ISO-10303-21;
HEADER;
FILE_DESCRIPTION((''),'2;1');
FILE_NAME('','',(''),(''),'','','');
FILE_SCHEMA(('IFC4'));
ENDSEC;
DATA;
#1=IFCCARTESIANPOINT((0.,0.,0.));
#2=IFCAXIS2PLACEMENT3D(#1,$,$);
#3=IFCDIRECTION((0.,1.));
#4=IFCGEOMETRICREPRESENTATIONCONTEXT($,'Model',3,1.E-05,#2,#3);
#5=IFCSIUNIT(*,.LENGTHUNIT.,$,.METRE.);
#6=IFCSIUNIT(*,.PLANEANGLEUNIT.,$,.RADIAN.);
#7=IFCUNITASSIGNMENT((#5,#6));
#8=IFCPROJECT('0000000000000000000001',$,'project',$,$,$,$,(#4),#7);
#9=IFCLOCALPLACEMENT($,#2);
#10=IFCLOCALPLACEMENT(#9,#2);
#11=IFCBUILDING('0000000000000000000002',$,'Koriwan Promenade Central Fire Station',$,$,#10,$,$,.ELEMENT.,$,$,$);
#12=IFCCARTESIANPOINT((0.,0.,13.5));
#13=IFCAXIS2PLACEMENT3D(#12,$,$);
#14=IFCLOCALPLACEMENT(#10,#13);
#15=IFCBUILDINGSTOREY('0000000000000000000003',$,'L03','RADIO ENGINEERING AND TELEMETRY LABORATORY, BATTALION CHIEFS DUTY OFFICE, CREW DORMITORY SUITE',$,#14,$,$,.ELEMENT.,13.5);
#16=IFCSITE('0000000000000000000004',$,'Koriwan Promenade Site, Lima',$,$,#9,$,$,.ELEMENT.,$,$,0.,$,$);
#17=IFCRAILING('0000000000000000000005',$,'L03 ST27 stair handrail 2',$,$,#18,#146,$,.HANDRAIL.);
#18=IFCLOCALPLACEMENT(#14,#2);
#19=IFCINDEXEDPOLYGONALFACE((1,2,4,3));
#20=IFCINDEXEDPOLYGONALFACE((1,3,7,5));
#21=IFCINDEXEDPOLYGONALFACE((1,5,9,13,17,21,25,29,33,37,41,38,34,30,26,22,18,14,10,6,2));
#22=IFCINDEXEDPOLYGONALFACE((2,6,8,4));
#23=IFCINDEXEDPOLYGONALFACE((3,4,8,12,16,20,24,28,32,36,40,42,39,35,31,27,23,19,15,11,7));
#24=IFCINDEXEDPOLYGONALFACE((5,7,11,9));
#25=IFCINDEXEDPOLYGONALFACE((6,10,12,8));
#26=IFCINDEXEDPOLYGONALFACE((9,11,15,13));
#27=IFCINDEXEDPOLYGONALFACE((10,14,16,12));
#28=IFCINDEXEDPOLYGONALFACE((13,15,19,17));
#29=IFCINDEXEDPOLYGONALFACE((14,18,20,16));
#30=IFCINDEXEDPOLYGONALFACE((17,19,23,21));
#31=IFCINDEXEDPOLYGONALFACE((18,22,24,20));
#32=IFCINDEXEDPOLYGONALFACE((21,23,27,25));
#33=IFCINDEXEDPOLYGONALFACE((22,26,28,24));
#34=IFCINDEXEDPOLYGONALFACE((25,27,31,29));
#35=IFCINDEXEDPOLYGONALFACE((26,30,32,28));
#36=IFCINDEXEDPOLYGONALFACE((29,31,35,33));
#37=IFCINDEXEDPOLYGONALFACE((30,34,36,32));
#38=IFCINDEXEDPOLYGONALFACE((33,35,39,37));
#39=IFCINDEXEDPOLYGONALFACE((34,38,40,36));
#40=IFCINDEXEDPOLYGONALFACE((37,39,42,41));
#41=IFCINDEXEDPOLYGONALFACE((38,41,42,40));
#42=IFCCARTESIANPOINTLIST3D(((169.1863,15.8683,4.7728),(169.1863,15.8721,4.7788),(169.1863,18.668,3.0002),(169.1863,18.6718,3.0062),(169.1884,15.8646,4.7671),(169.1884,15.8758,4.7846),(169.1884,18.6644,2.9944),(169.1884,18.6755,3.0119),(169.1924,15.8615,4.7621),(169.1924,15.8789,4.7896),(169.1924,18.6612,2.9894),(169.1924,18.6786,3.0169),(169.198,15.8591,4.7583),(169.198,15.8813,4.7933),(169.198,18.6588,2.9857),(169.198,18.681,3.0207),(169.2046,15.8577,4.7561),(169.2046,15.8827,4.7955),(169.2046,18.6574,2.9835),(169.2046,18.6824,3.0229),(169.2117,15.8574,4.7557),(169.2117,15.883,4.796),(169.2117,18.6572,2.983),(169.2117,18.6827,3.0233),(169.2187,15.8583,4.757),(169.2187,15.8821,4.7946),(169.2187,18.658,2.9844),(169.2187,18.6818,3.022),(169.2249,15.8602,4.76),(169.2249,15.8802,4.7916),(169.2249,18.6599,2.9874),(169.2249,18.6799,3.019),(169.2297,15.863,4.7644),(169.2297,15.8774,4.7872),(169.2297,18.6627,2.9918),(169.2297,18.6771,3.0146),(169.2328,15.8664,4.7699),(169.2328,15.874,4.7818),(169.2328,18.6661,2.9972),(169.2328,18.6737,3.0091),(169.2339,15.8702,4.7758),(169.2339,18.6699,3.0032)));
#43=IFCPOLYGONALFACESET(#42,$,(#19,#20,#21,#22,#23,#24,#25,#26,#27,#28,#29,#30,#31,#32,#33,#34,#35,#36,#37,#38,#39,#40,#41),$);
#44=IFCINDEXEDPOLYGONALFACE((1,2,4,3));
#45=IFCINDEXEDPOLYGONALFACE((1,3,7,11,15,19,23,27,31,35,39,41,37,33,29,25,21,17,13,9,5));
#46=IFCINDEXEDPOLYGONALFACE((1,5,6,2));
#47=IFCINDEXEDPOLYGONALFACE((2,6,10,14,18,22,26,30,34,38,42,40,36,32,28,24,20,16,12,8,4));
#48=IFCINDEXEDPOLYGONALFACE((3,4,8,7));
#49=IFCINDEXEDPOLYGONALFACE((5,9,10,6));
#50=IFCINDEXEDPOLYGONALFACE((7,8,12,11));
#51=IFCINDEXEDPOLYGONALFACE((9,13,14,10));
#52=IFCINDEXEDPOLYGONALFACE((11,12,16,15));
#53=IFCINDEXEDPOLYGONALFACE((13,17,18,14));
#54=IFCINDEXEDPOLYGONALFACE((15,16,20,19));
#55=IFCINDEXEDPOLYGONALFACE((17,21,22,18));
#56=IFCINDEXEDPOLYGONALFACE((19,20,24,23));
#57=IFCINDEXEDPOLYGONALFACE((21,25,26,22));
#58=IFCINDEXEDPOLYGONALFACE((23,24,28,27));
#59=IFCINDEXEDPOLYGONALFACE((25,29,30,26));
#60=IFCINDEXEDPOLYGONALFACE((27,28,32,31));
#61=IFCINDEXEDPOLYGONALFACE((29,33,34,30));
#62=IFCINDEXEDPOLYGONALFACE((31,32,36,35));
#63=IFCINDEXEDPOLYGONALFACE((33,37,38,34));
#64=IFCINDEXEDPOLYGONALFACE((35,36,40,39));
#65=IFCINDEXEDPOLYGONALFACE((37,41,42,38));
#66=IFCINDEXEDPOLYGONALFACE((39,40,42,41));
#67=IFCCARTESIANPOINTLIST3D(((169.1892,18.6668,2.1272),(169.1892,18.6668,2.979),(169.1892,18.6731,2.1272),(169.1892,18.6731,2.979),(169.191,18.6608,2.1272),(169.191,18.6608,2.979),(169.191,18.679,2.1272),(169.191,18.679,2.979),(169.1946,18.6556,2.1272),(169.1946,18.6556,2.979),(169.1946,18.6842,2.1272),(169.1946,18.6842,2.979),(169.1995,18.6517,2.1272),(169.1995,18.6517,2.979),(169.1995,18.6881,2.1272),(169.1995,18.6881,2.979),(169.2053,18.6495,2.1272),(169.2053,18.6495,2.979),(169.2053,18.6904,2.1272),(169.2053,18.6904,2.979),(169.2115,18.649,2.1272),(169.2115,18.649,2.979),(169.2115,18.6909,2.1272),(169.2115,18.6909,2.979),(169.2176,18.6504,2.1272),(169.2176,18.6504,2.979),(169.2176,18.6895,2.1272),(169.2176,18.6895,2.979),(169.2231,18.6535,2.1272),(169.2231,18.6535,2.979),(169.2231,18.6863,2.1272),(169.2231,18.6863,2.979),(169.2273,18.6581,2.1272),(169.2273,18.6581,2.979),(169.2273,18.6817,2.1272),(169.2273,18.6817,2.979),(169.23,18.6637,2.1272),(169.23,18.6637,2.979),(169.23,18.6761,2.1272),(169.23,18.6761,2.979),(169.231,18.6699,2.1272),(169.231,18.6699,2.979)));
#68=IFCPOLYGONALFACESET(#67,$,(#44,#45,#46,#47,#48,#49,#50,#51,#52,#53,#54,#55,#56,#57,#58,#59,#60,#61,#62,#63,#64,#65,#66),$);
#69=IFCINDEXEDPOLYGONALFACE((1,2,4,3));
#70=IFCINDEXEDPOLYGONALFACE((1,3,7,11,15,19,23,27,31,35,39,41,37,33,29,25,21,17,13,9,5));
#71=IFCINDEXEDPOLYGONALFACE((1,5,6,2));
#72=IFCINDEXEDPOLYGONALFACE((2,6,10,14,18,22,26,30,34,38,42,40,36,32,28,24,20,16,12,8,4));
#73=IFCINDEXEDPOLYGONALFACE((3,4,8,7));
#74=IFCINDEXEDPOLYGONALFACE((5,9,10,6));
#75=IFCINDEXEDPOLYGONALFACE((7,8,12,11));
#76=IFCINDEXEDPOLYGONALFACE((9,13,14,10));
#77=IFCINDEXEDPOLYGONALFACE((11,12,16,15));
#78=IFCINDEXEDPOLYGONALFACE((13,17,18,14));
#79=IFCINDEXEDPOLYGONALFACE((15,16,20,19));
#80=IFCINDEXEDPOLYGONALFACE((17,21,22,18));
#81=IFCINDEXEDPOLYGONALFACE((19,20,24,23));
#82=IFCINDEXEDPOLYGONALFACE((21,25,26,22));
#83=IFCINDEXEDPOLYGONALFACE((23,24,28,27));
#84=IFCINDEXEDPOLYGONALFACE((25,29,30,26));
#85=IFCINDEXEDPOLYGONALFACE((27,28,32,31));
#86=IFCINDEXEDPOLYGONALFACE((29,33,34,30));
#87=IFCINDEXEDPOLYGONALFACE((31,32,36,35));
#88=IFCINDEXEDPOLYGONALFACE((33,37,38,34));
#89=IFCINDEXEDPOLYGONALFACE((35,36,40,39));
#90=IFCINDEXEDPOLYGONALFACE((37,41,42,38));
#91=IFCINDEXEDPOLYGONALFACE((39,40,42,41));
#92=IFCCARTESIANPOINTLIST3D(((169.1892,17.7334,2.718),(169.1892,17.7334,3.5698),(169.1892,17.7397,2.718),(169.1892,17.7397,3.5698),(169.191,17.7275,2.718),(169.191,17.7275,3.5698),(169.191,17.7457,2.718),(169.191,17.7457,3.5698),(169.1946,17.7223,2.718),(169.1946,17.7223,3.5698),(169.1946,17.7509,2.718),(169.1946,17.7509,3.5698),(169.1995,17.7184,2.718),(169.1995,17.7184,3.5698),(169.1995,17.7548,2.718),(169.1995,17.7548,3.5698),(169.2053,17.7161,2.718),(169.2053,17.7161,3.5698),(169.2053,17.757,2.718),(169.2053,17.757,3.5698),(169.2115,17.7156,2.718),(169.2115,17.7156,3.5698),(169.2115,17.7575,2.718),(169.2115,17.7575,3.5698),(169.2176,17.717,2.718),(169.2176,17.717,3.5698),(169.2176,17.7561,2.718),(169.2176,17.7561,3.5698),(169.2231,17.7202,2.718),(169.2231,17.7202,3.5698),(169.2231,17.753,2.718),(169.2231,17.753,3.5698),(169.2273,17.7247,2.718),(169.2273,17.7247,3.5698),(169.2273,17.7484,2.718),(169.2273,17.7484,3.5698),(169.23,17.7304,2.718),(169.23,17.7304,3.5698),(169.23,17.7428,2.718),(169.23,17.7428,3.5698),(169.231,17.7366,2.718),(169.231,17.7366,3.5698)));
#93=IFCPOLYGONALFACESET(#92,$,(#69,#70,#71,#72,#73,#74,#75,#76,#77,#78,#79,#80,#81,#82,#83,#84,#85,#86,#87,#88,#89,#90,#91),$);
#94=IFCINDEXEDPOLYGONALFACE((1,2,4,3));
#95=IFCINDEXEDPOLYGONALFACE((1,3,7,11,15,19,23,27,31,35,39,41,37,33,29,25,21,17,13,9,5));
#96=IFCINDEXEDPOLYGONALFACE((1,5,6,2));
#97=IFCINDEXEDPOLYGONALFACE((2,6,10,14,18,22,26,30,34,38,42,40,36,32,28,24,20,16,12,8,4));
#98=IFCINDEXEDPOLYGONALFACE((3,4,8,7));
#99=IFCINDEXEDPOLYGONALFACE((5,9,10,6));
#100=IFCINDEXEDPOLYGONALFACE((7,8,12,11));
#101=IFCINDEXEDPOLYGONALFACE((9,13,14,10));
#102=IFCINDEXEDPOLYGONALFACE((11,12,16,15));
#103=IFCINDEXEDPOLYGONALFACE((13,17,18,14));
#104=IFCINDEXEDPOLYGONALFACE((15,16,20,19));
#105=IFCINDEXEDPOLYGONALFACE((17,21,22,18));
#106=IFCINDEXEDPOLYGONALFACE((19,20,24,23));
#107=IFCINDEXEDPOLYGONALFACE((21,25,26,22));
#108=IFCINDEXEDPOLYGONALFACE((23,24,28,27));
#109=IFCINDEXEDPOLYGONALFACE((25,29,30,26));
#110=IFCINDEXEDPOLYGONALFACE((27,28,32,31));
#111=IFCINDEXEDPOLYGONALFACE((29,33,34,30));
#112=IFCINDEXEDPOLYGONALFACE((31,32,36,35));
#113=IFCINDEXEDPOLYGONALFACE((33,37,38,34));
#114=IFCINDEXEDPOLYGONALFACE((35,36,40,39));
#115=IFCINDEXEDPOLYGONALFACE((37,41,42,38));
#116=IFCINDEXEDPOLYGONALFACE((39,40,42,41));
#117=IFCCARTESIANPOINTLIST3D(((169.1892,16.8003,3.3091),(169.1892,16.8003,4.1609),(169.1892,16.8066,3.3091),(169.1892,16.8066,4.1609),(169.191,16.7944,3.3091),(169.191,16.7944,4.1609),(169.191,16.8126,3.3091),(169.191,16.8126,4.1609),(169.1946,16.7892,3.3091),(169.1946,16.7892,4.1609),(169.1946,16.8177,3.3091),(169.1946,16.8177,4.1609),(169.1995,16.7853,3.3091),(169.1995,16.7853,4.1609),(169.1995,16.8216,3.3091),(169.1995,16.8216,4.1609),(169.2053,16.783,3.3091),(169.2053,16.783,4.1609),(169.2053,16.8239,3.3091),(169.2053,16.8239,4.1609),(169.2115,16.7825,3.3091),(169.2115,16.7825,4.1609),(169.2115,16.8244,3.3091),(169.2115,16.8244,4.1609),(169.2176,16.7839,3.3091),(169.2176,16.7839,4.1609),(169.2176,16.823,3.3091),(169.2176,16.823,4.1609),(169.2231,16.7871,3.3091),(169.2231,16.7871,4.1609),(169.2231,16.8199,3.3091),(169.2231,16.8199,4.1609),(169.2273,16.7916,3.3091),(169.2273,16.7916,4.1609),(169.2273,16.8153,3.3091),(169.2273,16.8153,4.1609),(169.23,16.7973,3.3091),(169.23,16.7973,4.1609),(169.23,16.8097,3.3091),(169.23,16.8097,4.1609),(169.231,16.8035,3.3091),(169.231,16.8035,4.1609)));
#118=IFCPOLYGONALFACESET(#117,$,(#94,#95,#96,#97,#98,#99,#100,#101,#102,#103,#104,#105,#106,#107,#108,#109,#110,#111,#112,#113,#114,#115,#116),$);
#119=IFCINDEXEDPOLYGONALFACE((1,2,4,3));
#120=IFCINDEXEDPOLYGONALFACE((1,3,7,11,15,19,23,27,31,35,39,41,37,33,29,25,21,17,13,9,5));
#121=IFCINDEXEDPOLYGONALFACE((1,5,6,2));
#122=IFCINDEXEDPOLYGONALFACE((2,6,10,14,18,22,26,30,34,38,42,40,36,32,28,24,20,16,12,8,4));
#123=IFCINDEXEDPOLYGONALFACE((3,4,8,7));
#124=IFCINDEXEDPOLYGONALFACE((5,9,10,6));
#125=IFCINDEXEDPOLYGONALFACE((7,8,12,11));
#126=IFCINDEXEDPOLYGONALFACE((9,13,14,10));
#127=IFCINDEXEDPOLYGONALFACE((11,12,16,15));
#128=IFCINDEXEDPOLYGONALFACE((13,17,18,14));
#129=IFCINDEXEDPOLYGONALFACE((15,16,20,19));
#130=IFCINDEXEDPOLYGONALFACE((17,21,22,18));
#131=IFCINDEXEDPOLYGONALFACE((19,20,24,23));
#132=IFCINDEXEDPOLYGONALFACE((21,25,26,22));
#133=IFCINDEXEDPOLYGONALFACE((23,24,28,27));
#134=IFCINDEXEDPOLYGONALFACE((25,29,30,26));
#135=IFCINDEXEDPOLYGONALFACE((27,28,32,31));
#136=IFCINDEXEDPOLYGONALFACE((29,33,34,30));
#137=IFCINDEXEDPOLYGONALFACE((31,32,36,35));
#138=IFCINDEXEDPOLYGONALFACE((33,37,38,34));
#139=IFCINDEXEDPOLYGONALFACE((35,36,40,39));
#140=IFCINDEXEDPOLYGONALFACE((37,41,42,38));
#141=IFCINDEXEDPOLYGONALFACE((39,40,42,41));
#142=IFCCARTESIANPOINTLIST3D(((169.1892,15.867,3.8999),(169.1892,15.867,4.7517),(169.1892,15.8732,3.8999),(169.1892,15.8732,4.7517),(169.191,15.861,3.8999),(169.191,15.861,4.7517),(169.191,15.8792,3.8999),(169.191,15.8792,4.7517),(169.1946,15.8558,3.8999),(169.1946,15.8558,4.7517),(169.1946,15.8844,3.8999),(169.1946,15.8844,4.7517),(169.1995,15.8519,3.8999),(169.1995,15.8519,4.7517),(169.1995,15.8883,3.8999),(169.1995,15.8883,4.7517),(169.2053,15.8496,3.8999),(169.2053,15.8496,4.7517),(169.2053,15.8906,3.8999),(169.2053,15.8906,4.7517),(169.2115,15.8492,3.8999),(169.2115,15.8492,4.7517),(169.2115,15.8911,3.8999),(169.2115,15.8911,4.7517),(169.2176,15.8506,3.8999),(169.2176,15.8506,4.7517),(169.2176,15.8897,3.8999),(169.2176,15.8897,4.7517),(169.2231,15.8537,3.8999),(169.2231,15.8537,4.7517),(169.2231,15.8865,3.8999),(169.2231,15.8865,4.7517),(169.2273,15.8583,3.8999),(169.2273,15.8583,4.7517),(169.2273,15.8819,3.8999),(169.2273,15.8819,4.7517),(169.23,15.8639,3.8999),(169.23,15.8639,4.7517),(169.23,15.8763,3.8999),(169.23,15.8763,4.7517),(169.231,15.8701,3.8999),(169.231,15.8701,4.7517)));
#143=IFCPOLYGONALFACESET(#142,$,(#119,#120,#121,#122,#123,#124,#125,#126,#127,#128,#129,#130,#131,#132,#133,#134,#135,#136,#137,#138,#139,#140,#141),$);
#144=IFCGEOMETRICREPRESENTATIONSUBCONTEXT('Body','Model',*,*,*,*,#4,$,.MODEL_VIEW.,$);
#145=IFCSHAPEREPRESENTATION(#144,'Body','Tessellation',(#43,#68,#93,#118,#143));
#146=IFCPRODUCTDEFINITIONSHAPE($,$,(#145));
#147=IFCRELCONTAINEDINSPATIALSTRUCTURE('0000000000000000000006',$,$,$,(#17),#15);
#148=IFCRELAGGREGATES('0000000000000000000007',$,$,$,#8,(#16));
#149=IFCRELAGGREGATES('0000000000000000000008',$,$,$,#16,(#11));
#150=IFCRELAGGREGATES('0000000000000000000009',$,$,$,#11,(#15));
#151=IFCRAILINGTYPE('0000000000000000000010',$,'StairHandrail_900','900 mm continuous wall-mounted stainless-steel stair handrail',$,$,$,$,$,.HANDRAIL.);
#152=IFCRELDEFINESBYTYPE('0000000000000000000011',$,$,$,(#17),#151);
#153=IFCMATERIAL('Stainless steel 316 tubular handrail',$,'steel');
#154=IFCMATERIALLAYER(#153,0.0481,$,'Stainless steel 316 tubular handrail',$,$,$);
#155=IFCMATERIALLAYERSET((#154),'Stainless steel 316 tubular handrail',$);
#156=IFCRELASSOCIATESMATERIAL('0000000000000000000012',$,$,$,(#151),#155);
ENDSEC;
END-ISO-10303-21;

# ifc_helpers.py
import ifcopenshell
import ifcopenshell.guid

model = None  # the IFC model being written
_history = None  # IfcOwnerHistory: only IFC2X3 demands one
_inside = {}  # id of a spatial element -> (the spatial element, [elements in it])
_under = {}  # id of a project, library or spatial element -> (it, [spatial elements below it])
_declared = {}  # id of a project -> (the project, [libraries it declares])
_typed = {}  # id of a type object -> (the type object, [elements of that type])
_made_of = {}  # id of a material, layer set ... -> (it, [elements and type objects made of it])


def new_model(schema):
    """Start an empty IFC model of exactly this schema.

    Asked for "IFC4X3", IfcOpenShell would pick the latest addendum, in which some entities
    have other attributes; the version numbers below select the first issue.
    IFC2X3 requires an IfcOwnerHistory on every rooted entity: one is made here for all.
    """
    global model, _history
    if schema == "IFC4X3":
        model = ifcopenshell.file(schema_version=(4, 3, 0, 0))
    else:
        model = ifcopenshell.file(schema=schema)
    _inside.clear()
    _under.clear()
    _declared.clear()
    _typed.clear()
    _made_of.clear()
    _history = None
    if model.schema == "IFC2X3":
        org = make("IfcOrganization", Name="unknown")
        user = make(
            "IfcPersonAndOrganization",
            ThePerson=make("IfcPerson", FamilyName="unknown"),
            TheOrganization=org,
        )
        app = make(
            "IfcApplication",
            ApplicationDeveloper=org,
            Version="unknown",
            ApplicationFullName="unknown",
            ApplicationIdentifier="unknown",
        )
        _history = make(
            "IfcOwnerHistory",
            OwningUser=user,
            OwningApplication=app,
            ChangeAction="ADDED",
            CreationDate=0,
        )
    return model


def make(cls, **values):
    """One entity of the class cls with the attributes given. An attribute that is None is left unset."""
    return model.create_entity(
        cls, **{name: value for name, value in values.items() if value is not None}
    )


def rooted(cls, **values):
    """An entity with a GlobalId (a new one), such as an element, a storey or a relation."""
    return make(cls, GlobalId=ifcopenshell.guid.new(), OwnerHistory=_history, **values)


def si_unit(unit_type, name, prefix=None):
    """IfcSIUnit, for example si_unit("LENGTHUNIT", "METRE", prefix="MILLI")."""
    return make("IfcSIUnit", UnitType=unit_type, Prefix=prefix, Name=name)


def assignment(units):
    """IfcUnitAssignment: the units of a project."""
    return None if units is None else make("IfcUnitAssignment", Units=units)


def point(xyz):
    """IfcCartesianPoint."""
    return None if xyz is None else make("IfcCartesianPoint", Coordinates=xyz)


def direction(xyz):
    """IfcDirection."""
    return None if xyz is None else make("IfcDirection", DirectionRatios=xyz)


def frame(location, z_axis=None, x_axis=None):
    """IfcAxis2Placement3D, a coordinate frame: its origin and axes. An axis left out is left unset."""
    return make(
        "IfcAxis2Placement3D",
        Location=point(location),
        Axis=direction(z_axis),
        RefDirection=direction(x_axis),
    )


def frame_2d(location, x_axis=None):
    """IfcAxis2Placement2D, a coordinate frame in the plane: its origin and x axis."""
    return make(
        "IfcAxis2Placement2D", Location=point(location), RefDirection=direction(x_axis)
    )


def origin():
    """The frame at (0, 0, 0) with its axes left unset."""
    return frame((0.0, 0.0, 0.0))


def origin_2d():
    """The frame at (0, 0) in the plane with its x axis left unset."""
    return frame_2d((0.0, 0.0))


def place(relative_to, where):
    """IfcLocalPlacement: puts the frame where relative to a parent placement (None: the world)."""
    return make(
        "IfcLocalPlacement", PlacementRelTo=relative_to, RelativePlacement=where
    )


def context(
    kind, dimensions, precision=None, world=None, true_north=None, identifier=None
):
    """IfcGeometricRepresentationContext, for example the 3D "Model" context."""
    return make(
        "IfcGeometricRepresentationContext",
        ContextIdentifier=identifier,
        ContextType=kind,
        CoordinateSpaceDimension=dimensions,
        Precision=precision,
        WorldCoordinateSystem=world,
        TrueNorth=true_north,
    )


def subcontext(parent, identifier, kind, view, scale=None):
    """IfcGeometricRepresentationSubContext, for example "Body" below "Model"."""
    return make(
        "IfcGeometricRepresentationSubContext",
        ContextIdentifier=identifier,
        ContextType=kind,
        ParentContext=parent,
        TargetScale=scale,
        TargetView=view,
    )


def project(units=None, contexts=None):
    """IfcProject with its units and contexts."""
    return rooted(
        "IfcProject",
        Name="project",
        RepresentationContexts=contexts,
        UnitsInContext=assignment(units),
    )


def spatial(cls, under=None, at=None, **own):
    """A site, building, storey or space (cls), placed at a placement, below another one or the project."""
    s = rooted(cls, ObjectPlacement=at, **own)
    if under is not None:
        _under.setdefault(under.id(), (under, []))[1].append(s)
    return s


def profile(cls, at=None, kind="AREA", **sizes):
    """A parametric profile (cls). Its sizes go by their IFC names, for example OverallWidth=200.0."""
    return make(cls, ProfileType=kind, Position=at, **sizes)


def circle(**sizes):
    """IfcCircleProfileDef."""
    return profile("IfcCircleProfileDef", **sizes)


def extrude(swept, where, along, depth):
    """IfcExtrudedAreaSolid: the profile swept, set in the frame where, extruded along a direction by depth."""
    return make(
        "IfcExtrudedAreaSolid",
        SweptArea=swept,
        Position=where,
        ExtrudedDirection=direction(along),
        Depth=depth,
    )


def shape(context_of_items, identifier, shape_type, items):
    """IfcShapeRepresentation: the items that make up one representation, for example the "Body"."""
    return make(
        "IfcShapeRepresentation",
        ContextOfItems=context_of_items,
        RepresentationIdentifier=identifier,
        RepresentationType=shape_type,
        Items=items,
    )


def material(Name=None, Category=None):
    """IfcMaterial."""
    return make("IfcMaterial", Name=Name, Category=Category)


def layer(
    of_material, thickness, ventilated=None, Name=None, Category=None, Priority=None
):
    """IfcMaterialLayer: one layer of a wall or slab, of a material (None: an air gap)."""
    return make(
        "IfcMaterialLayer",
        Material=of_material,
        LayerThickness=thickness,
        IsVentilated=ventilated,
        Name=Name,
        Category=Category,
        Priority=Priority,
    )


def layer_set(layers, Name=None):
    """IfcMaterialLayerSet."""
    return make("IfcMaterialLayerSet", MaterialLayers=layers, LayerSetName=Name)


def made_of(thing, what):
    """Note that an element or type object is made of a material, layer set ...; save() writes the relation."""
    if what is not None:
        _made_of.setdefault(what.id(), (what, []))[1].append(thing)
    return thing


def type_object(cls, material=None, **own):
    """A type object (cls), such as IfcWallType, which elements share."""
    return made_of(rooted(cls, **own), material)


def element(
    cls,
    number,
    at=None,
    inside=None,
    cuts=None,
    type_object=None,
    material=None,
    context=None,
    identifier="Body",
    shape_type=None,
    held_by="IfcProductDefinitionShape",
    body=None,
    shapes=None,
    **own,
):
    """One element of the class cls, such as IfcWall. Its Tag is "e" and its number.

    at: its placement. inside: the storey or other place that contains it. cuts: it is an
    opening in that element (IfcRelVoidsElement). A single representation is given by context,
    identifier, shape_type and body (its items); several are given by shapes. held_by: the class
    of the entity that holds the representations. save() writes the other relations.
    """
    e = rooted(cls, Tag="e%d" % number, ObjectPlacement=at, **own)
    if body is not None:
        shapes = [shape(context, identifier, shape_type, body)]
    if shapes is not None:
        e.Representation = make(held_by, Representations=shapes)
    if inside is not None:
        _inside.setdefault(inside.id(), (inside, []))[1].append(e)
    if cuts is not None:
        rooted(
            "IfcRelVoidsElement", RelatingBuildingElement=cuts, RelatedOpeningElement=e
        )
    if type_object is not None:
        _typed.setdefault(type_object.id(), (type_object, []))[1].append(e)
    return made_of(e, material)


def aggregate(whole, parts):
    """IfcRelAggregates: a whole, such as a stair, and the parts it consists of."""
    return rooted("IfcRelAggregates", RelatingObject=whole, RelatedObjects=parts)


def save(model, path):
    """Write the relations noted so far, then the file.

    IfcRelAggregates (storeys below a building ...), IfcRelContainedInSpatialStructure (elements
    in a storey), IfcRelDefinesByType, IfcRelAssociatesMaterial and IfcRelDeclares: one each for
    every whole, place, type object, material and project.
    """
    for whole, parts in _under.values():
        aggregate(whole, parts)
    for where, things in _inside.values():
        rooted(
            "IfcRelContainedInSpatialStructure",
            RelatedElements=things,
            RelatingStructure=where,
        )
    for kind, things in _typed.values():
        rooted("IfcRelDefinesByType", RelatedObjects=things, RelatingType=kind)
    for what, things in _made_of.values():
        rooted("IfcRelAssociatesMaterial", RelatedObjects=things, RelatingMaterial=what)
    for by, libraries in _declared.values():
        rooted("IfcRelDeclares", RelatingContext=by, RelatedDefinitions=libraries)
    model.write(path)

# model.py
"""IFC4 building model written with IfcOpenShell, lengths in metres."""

from ifc_helpers import new_model, si_unit, direction, frame, origin, origin_2d, place, context, subcontext, project, spatial, circle, extrude, material, layer, layer_set, type_object, element, save


model = new_model("IFC4")

# Units and contexts
model_context = context("Model", 3, precision=1e-05, world=origin(), true_north=direction((0.0, 1.0)))
body_context = subcontext(model_context, "Body", "Model", "MODEL_VIEW")
ifc_project = project(units=[si_unit("LENGTHUNIT", "METRE"), si_unit("PLANEANGLEUNIT", "RADIAN")], contexts=[model_context])

# Site, building, storey
site_placement = place(None, origin())
site = spatial("IfcSite", under=ifc_project, at=site_placement, Name="Koriwan Promenade Site, Lima", CompositionType="ELEMENT", RefElevation=0.0)
building_placement = place(site_placement, origin())
building = spatial("IfcBuilding", under=site, at=building_placement, Name="Koriwan Promenade Central Fire Station", CompositionType="ELEMENT")
storey_placement = place(building_placement, frame((0.0, 0.0, 13.5)))
storey = spatial("IfcBuildingStorey", under=building, at=storey_placement, Name="L03", Description="RADIO ENGINEERING AND TELEMETRY LABORATORY, BATTALION CHIEFS DUTY OFFICE, CREW DORMITORY SUITE", CompositionType="ELEMENT", Elevation=13.5)

# Railing
ifc_material_1 = material(Name="Stainless steel 316 tubular handrail", Category="steel")
ifc_layer_1 = layer(ifc_material_1, 0.0481, Name="Stainless steel 316 tubular handrail")
ifc_layer_set_1 = layer_set([ifc_layer_1], Name="Stainless steel 316 tubular handrail")
railing_type_1 = type_object("IfcRailingType", Name="StairHandrail_900", Description="900 mm continuous wall-mounted stainless-steel stair handrail", PredefinedType="HANDRAIL", material=ifc_layer_set_1)
railing_1_placement = place(storey_placement, frame((169.21, 18.6699, 2.1272)))
element("IfcRailing", 1, at=railing_1_placement, inside=storey, type_object=railing_type_1, Name="L03 ST27 stair handrail 2", PredefinedType="HANDRAIL", context=body_context, shape_type="SweptSolid", body=[
    extrude(circle(Radius=0.0239, at=origin_2d()), frame((0.0, 0.0, 0.876), z_axis=(0.0, -0.844888, 0.534943), x_axis=(1.0, 0.0, 0.0)), (0.0, 0.0, 1.0), 3.3137),
    extrude(circle(Radius=0.021, at=origin_2d()), origin(), (0.0, 0.0, 1.0), 0.8518),
    extrude(circle(Radius=0.021, at=origin_2d()), frame((0.0, -0.9333, 0.5908)), (0.0, 0.0, 1.0), 0.8518),
    extrude(circle(Radius=0.021, at=origin_2d()), frame((0.0, -1.8665, 1.1819)), (0.0, 0.0, 1.0), 0.8518),
    extrude(circle(Radius=0.021, at=origin_2d()), frame((0.0, -2.7998, 1.7727)), (0.0, 0.0, 1.0), 0.8518),
])

save(model, "model.ifc")
